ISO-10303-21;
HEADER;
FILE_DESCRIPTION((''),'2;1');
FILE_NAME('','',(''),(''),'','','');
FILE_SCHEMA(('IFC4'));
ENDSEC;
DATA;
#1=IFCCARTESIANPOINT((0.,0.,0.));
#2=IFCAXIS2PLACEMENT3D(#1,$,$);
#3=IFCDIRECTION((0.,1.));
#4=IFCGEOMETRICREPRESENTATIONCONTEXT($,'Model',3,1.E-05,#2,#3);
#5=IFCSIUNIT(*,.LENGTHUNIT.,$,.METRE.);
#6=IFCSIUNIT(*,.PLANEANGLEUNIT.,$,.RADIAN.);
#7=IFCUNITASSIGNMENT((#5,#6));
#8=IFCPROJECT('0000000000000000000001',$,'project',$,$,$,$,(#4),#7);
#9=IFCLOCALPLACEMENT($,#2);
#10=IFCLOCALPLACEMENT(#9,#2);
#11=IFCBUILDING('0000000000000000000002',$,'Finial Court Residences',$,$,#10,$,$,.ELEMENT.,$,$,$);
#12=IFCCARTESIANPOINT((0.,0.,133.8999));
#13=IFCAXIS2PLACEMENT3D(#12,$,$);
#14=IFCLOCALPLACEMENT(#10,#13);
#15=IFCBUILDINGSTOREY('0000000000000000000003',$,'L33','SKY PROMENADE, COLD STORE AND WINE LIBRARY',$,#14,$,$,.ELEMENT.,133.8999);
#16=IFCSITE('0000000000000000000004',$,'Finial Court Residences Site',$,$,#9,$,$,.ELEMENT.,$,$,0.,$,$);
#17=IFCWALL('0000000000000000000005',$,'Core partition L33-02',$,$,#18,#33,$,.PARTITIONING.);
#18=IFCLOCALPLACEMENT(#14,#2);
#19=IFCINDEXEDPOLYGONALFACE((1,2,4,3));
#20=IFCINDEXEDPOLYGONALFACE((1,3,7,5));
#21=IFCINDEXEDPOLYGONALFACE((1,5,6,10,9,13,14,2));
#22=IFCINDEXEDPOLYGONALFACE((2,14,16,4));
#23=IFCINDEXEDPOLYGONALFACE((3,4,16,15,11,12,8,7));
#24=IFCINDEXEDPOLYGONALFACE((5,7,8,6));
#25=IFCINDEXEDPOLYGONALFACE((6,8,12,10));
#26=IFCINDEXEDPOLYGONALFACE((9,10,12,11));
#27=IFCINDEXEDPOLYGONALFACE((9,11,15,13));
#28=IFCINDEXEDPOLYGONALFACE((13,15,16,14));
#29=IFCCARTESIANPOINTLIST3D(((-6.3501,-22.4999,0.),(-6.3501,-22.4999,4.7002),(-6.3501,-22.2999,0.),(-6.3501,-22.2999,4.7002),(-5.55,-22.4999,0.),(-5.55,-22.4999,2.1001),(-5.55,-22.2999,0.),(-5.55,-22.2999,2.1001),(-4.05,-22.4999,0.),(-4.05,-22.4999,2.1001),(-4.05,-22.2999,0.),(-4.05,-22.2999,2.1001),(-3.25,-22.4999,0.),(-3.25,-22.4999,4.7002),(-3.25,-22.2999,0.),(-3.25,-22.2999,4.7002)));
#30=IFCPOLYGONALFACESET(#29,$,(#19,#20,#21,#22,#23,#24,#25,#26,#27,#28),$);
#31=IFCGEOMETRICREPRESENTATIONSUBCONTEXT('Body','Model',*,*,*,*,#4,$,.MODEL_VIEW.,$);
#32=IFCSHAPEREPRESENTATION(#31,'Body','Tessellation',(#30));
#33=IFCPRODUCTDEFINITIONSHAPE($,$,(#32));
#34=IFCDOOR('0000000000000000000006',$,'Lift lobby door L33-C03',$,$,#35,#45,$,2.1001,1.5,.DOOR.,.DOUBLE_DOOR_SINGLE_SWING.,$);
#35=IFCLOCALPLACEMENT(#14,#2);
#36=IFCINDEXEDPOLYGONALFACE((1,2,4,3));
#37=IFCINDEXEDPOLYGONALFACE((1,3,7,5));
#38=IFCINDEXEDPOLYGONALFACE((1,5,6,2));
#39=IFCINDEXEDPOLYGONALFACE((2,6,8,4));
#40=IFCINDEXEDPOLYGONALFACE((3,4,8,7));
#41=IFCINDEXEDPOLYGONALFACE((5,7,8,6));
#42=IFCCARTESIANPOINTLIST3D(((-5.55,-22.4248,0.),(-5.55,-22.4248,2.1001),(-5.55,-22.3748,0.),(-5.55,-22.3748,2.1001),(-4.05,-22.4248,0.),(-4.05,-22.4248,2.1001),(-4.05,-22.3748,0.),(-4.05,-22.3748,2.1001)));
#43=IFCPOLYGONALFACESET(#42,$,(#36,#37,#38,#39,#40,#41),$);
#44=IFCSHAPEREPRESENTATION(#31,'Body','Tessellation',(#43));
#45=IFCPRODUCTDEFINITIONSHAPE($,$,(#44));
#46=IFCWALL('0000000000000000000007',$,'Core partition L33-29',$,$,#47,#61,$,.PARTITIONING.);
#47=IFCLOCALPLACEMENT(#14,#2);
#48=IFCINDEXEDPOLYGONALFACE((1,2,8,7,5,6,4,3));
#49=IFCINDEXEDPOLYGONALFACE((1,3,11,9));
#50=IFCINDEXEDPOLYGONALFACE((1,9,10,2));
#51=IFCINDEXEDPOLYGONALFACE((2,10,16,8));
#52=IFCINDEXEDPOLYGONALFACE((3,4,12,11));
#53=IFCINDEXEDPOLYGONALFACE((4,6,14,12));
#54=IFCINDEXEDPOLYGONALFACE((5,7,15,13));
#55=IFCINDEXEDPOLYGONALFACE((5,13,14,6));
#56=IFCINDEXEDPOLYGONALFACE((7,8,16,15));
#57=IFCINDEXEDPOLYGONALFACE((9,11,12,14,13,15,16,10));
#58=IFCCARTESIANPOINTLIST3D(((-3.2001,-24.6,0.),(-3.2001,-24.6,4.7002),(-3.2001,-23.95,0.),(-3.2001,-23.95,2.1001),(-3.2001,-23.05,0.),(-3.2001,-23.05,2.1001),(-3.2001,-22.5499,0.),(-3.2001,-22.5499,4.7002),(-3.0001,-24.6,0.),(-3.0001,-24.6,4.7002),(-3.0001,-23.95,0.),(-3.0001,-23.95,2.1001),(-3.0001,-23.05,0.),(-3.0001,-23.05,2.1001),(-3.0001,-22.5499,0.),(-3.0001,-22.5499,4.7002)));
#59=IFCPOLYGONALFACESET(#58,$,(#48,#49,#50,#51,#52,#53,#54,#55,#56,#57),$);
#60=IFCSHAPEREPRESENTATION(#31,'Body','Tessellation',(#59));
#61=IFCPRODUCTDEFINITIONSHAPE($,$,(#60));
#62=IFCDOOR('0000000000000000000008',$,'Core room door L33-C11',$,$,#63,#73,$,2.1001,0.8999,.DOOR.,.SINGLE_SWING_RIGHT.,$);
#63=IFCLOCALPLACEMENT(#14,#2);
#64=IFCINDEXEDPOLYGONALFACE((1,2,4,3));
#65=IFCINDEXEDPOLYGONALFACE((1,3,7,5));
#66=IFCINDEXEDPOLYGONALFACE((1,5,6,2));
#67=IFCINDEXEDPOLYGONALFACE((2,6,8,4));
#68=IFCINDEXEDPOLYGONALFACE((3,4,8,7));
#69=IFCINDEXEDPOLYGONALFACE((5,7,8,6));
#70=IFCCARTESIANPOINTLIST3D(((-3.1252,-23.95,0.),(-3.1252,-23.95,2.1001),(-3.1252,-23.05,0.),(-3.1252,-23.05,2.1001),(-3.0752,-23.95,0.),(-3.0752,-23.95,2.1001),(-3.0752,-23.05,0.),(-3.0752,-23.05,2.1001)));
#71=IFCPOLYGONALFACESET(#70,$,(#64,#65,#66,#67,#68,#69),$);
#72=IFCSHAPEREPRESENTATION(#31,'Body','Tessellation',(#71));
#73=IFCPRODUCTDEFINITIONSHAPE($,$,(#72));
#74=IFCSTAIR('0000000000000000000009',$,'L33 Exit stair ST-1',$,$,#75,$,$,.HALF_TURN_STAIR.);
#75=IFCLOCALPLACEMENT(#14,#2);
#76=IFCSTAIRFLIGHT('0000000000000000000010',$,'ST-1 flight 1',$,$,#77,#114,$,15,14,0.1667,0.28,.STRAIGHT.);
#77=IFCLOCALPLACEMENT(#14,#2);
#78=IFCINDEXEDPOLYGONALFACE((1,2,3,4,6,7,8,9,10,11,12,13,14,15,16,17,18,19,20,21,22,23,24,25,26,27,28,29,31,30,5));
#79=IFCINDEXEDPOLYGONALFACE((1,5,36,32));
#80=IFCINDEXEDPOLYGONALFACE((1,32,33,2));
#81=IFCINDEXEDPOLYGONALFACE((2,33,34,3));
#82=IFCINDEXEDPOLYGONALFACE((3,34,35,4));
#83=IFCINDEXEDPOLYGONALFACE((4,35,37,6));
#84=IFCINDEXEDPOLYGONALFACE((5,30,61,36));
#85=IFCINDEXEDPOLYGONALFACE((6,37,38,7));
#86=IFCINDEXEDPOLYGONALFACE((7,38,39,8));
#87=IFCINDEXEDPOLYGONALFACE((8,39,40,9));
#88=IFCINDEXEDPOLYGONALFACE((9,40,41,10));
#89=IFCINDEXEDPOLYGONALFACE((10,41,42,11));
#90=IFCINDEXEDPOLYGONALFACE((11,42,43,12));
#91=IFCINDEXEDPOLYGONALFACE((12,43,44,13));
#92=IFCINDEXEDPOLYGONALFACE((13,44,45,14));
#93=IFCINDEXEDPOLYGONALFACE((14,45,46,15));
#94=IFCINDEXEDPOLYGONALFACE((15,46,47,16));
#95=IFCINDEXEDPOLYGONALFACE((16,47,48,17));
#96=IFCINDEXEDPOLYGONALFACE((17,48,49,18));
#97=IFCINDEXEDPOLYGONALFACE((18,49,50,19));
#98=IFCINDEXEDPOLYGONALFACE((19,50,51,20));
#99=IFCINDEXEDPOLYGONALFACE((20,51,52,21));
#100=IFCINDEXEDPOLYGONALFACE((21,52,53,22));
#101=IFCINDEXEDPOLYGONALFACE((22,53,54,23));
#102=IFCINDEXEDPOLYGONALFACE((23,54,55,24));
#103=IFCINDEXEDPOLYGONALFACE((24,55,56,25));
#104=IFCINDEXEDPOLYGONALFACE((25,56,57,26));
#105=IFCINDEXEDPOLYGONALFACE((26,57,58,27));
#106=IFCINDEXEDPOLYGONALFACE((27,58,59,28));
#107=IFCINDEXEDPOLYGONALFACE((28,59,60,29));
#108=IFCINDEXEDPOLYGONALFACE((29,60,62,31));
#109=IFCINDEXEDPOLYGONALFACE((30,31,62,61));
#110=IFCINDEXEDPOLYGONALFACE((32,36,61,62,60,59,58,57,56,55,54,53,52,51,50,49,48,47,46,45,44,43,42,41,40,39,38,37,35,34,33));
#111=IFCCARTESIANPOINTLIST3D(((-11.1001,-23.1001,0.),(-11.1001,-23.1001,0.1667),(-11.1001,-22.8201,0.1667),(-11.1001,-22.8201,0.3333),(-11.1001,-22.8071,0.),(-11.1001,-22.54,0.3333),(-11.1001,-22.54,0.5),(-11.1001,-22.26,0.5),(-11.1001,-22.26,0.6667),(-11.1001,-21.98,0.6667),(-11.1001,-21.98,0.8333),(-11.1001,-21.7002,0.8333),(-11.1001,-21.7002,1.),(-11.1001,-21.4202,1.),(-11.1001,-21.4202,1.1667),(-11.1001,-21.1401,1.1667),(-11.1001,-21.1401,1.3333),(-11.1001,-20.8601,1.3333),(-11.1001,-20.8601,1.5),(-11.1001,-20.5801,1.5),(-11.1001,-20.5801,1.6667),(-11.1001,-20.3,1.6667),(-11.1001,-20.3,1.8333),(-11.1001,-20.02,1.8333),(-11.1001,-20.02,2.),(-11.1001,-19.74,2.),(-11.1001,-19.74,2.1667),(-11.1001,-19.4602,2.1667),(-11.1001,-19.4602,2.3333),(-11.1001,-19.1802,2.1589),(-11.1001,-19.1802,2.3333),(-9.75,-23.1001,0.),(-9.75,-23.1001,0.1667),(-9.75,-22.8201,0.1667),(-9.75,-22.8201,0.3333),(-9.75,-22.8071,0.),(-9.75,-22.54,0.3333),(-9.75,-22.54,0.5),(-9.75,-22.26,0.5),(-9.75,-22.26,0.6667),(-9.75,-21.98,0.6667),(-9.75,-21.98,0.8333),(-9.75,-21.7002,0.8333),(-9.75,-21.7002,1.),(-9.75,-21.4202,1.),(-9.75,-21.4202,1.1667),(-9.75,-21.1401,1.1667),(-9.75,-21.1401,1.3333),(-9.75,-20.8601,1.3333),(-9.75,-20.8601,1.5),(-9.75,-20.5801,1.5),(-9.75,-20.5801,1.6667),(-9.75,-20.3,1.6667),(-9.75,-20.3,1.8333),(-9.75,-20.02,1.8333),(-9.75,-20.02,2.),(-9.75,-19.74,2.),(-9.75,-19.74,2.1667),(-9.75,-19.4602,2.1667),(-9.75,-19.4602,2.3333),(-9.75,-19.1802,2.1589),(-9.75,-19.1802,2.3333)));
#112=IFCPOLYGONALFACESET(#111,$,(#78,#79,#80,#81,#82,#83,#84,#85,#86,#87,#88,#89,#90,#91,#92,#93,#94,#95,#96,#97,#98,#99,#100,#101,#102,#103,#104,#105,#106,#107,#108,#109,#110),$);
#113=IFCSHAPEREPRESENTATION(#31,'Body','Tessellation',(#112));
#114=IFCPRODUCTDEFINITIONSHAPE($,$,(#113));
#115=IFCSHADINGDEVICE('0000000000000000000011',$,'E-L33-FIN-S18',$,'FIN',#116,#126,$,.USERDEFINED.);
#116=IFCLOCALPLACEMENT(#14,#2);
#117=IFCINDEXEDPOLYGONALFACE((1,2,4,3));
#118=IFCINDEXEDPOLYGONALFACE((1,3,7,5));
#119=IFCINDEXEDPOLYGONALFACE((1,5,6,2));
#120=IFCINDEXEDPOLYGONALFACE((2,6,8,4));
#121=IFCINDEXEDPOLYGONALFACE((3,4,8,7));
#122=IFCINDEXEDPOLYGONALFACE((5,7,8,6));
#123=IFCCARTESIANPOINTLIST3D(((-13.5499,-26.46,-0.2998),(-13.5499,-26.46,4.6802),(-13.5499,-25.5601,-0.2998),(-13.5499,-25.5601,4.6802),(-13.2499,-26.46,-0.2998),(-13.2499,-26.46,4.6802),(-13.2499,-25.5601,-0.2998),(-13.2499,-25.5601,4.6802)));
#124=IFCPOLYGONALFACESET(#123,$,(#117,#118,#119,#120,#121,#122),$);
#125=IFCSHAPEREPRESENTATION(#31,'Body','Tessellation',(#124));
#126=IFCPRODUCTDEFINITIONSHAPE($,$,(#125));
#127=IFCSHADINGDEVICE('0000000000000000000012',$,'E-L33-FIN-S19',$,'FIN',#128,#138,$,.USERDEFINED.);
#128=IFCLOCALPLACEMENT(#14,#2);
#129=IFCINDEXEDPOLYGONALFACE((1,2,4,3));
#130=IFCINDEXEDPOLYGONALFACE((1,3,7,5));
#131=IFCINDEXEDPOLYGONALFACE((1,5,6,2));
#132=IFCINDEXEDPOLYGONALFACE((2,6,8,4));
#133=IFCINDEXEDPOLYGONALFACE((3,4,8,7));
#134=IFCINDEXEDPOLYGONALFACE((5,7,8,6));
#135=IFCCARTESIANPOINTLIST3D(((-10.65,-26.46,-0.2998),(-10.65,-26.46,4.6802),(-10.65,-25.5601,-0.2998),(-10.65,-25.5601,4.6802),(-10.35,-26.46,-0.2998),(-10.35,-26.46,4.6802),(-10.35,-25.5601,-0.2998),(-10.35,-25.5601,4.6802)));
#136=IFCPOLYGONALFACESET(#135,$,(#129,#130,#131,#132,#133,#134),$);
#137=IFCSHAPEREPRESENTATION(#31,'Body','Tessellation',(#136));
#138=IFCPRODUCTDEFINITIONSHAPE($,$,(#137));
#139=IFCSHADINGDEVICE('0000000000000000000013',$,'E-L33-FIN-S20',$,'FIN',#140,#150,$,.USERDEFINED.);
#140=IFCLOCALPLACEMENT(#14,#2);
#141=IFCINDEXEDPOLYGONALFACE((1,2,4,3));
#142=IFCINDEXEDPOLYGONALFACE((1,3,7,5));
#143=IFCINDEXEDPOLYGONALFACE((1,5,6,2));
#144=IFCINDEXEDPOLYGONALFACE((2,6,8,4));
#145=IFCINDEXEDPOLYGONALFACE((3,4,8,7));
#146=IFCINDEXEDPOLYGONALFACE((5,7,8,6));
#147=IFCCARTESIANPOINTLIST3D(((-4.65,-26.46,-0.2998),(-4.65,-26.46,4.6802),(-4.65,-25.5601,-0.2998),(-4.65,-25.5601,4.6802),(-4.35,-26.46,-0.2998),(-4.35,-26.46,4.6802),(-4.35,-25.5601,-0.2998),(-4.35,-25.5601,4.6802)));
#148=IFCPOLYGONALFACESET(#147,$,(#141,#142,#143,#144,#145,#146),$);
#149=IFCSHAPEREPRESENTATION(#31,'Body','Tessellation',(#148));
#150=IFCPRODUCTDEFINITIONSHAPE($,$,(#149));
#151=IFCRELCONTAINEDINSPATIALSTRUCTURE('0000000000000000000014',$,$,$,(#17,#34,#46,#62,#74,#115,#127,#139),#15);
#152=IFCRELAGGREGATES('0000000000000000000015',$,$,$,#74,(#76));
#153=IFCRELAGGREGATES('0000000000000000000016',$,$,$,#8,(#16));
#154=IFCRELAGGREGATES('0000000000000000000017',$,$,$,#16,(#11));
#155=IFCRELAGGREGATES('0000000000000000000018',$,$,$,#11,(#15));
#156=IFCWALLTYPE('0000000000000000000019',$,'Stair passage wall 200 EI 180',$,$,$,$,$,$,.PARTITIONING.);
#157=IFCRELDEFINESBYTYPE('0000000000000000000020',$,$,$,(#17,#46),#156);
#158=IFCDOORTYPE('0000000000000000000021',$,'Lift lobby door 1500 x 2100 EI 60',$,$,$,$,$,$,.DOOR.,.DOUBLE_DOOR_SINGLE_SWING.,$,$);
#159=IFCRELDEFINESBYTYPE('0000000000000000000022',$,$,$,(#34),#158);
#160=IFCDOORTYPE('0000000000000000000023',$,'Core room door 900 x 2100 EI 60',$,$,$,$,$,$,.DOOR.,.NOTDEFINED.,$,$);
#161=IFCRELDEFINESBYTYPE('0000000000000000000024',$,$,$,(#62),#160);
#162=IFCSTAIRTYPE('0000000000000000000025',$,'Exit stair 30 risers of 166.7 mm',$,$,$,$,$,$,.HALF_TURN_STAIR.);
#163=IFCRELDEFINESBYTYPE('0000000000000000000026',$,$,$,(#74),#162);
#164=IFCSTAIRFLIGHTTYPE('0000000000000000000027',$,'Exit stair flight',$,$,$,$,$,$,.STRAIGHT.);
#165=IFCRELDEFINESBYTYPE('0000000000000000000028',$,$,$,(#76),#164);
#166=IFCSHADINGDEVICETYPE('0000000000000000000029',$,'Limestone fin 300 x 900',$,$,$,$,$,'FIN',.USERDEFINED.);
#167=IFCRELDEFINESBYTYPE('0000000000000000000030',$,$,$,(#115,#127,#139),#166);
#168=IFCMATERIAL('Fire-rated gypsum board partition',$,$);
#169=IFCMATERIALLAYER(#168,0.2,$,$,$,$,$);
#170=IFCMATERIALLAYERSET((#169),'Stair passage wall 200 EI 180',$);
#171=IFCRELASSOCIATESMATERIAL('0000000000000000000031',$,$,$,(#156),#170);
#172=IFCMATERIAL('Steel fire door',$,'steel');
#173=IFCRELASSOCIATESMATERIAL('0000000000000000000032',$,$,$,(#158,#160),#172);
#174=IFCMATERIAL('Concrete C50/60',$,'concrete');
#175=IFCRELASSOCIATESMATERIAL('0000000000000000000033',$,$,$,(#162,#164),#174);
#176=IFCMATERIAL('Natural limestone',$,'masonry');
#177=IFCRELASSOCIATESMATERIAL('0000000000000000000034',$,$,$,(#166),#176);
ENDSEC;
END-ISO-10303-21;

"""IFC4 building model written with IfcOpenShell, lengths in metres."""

from ifc_helpers import new_model, si_unit, direction, frame, frame_2d, origin, origin_2d, place, context, subcontext, project, spatial, polyline, rectangle, outline, extrude, material, layer, layer_set, type_object, element, fill, aggregate, save


model = new_model("IFC4")

# Units and contexts
model_context = context("Model", 3, precision=1e-05, world=origin(), true_north=direction((0.0, 1.0)))
body_context = subcontext(model_context, "Body", "Model", "MODEL_VIEW")
ifc_project = project(units=[si_unit("LENGTHUNIT", "METRE"), si_unit("PLANEANGLEUNIT", "RADIAN")], contexts=[model_context])

# Site, building, storey
site_placement = place(None, origin())
site = spatial("IfcSite", under=ifc_project, at=site_placement, Name="Finial Court Residences Site", CompositionType="ELEMENT", RefElevation=0.0)
building_placement = place(site_placement, origin())
building = spatial("IfcBuilding", under=site, at=building_placement, Name="Finial Court Residences", CompositionType="ELEMENT")
storey_placement = place(building_placement, frame((0.0, 0.0, 133.8999)))
storey = spatial("IfcBuildingStorey", under=building, at=storey_placement, Name="L33", Description="SKY PROMENADE, COLD STORE AND WINE LIBRARY", CompositionType="ELEMENT", Elevation=133.8999)

# Shared definitions
ifc_material_1 = material(Name="Steel fire door", Category="steel")

# Shared definitions
ifc_material_2 = material(Name="Fire-rated gypsum board partition")

# Walls, openings, doors
ifc_layer_1 = layer(ifc_material_2, 0.2)
ifc_layer_set_1 = layer_set([ifc_layer_1], Name="Stair passage wall 200 EI 180")
wall_type_1 = type_object("IfcWallType", Name="Stair passage wall 200 EI 180", PredefinedType="PARTITIONING", material=ifc_layer_set_1)
wall_1_placement = place(storey_placement, frame((-3.25, -22.3999, 0.0), z_axis=(0.0, 0.0, 1.0), x_axis=(-1.0, 0.0, 0.0)))
wall_1 = element("IfcWall", 1, at=wall_1_placement, inside=storey, type_object=wall_type_1, Name="Core partition L33-02", PredefinedType="PARTITIONING", context=body_context, shape_type="SweptSolid", body=[
    extrude(rectangle(XDim=3.1001, YDim=0.2, at=frame_2d((1.55, 0.0))), origin(), (0.0, 0.0, 1.0), 4.7002),
])
opening_1_placement = place(wall_1_placement, frame((0.8, 0.0, 0.0)))
opening_1 = element("IfcOpeningElement", 2, at=opening_1_placement, cuts=wall_1, PredefinedType="OPENING", context=body_context, shape_type="SweptSolid", body=[
    extrude(rectangle(XDim=1.5, YDim=2.1001, at=frame_2d((0.75, 1.05))), frame((0.0, 0.1099, 0.0), z_axis=(0.0, -1.0, 0.0), x_axis=(1.0, 0.0, 0.0)), (0.0, 0.0, 1.0), 0.22),
])
door_type_1 = type_object("IfcDoorType", Name="Lift lobby door 1500 x 2100 EI 60", OperationType="DOUBLE_DOOR_SINGLE_SWING", PredefinedType="DOOR", material=ifc_material_1)
door_1_placement = place(opening_1_placement, origin())
door_1 = element("IfcDoor", 3, at=door_1_placement, inside=storey, type_object=door_type_1, Name="Lift lobby door L33-C03", OperationType="DOUBLE_DOOR_SINGLE_SWING", OverallHeight=2.1001, OverallWidth=1.5, PredefinedType="DOOR", context=body_context, shape_type="SweptSolid", body=[
    extrude(rectangle(XDim=1.5, YDim=2.1001, at=frame_2d((0.75, 1.05))), frame((0.0, 0.0249, 0.0), z_axis=(0.0, -1.0, 0.0), x_axis=(1.0, 0.0, 0.0)), (0.0, 0.0, 1.0), 0.05),
])
fill(opening_1, door_1)
wall_2_placement = place(storey_placement, frame((-3.1001, -22.55, 0.0), z_axis=(0.0, 0.0, 1.0), x_axis=(0.0, -1.0, 0.0)))
wall_2 = element("IfcWall", 4, at=wall_2_placement, inside=storey, type_object=wall_type_1, Name="Core partition L33-29", PredefinedType="PARTITIONING", context=body_context, shape_type="SweptSolid", body=[
    extrude(rectangle(XDim=2.05, YDim=0.2, at=frame_2d((1.0249, 0.0))), origin(), (0.0, 0.0, 1.0), 4.7002),
])
opening_2_placement = place(wall_2_placement, frame((0.5, 0.0, 0.0)))
opening_2 = element("IfcOpeningElement", 5, at=opening_2_placement, cuts=wall_2, PredefinedType="OPENING", context=body_context, shape_type="SweptSolid", body=[
    extrude(rectangle(XDim=0.8999, YDim=2.1001, at=frame_2d((0.45, 1.05))), frame((0.0, 0.1099, 0.0), z_axis=(0.0, -1.0, 0.0), x_axis=(1.0, 0.0, 0.0)), (0.0, 0.0, 1.0), 0.22),
])
door_type_2 = type_object("IfcDoorType", Name="Core room door 900 x 2100 EI 60", OperationType="NOTDEFINED", PredefinedType="DOOR", material=ifc_material_1)
door_2_placement = place(opening_2_placement, origin())
door_2 = element("IfcDoor", 6, at=door_2_placement, inside=storey, type_object=door_type_2, Name="Core room door L33-C11", OperationType="SINGLE_SWING_RIGHT", OverallHeight=2.1001, OverallWidth=0.8999, PredefinedType="DOOR", context=body_context, shape_type="SweptSolid", body=[
    extrude(rectangle(XDim=0.8999, YDim=2.1001, at=frame_2d((0.45, 1.05))), frame((0.0, 0.0249, 0.0), z_axis=(0.0, -1.0, 0.0), x_axis=(1.0, 0.0, 0.0)), (0.0, 0.0, 1.0), 0.05),
])
fill(opening_2, door_2)

# Stair, stair flight
ifc_material_3 = material(Name="Concrete C50/60", Category="concrete")
stair_type = type_object("IfcStairType", Name="Exit stair 30 risers of 166.7 mm", PredefinedType="HALF_TURN_STAIR", material=ifc_material_3)
stair_placement = place(storey_placement, origin())
stair = element("IfcStair", 7, at=stair_placement, inside=storey, type_object=stair_type, Name="L33 Exit stair ST-1", PredefinedType="HALF_TURN_STAIR")
stair_flight_type = type_object("IfcStairFlightType", Name="Exit stair flight", PredefinedType="STRAIGHT", material=ifc_material_3)
stair_flight_placement = place(storey_placement, frame((-10.425, -23.1001, 0.0), z_axis=(0.0, 0.0, 1.0), x_axis=(0.0, 1.0, 0.0)))
stair_flight = element("IfcStairFlight", 8, at=stair_flight_placement, type_object=stair_flight_type, Name="ST-1 flight 1", NumberOfRisers=15, NumberOfTreads=14, PredefinedType="STRAIGHT", RiserHeight=0.1667, TreadLength=0.28, context=body_context, shape_type="SweptSolid", body=[
    extrude(outline(polyline([(0.0, 0.0), (0.0, 0.1667), (0.28, 0.1667), (0.28, 0.3333), (0.5601, 0.3333), (0.5601, 0.5), (0.8401, 0.5), (0.8401, 0.6667), (1.1201, 0.6667), (1.1201, 0.8333), (1.3999, 0.8333), (1.3999, 1.0), (1.6799, 1.0), (1.6799, 1.1667), (1.96, 1.1667), (1.96, 1.3333), (2.24, 1.3333), (2.24, 1.5), (2.52, 1.5), (2.52, 1.6667), (2.8, 1.6667), (2.8, 1.8333), (3.0801, 1.8333), (3.0801, 2.0), (3.3601, 2.0), (3.3601, 2.1667), (3.6399, 2.1667), (3.6399, 2.3333), (3.9199, 2.3333), (3.9199, 2.5), (3.9199, 2.1589), (0.293, 0.0), (0.0, 0.0)])), frame((0.0, 0.675, 0.0), z_axis=(0.0, -1.0, 0.0), x_axis=(1.0, 0.0, 0.0)), (0.0, 0.0, 1.0), 1.3501),
])
aggregate(stair, [stair_flight])

# Shading devices
ifc_material_4 = material(Name="Natural limestone", Category="masonry")
shading_device_type = type_object("IfcShadingDeviceType", Name="Limestone fin 300 x 900", ElementType="FIN", PredefinedType="USERDEFINED", material=ifc_material_4)
for number, where, z_axis, x_axis, name in (
    (9, (-13.3999, -26.01, -0.2998), (0.0, 0.0, 1.0), (1.0, 0.0, 0.0), "E-L33-FIN-S18"),
    (10, (-10.5, -26.01, -0.2998), (0.0, 0.0, 1.0), (1.0, 0.0, 0.0), "E-L33-FIN-S19"),
    (11, (-4.5, -26.01, -0.2998), (0.0, 0.0, 1.0), (1.0, 0.0, 0.0), "E-L33-FIN-S20"),
):
    element("IfcShadingDevice", number, at=place(storey_placement, frame(where, z_axis=z_axis, x_axis=x_axis)), inside=storey, type_object=shading_device_type, Name=name, ObjectType="FIN", PredefinedType="USERDEFINED", context=body_context, shape_type="SweptSolid", body=[
        extrude(rectangle(XDim=0.3, YDim=0.8999, at=origin_2d()), origin(), (0.0, 0.0, 1.0), 4.98),
    ])

save(model, "model.ifc")
